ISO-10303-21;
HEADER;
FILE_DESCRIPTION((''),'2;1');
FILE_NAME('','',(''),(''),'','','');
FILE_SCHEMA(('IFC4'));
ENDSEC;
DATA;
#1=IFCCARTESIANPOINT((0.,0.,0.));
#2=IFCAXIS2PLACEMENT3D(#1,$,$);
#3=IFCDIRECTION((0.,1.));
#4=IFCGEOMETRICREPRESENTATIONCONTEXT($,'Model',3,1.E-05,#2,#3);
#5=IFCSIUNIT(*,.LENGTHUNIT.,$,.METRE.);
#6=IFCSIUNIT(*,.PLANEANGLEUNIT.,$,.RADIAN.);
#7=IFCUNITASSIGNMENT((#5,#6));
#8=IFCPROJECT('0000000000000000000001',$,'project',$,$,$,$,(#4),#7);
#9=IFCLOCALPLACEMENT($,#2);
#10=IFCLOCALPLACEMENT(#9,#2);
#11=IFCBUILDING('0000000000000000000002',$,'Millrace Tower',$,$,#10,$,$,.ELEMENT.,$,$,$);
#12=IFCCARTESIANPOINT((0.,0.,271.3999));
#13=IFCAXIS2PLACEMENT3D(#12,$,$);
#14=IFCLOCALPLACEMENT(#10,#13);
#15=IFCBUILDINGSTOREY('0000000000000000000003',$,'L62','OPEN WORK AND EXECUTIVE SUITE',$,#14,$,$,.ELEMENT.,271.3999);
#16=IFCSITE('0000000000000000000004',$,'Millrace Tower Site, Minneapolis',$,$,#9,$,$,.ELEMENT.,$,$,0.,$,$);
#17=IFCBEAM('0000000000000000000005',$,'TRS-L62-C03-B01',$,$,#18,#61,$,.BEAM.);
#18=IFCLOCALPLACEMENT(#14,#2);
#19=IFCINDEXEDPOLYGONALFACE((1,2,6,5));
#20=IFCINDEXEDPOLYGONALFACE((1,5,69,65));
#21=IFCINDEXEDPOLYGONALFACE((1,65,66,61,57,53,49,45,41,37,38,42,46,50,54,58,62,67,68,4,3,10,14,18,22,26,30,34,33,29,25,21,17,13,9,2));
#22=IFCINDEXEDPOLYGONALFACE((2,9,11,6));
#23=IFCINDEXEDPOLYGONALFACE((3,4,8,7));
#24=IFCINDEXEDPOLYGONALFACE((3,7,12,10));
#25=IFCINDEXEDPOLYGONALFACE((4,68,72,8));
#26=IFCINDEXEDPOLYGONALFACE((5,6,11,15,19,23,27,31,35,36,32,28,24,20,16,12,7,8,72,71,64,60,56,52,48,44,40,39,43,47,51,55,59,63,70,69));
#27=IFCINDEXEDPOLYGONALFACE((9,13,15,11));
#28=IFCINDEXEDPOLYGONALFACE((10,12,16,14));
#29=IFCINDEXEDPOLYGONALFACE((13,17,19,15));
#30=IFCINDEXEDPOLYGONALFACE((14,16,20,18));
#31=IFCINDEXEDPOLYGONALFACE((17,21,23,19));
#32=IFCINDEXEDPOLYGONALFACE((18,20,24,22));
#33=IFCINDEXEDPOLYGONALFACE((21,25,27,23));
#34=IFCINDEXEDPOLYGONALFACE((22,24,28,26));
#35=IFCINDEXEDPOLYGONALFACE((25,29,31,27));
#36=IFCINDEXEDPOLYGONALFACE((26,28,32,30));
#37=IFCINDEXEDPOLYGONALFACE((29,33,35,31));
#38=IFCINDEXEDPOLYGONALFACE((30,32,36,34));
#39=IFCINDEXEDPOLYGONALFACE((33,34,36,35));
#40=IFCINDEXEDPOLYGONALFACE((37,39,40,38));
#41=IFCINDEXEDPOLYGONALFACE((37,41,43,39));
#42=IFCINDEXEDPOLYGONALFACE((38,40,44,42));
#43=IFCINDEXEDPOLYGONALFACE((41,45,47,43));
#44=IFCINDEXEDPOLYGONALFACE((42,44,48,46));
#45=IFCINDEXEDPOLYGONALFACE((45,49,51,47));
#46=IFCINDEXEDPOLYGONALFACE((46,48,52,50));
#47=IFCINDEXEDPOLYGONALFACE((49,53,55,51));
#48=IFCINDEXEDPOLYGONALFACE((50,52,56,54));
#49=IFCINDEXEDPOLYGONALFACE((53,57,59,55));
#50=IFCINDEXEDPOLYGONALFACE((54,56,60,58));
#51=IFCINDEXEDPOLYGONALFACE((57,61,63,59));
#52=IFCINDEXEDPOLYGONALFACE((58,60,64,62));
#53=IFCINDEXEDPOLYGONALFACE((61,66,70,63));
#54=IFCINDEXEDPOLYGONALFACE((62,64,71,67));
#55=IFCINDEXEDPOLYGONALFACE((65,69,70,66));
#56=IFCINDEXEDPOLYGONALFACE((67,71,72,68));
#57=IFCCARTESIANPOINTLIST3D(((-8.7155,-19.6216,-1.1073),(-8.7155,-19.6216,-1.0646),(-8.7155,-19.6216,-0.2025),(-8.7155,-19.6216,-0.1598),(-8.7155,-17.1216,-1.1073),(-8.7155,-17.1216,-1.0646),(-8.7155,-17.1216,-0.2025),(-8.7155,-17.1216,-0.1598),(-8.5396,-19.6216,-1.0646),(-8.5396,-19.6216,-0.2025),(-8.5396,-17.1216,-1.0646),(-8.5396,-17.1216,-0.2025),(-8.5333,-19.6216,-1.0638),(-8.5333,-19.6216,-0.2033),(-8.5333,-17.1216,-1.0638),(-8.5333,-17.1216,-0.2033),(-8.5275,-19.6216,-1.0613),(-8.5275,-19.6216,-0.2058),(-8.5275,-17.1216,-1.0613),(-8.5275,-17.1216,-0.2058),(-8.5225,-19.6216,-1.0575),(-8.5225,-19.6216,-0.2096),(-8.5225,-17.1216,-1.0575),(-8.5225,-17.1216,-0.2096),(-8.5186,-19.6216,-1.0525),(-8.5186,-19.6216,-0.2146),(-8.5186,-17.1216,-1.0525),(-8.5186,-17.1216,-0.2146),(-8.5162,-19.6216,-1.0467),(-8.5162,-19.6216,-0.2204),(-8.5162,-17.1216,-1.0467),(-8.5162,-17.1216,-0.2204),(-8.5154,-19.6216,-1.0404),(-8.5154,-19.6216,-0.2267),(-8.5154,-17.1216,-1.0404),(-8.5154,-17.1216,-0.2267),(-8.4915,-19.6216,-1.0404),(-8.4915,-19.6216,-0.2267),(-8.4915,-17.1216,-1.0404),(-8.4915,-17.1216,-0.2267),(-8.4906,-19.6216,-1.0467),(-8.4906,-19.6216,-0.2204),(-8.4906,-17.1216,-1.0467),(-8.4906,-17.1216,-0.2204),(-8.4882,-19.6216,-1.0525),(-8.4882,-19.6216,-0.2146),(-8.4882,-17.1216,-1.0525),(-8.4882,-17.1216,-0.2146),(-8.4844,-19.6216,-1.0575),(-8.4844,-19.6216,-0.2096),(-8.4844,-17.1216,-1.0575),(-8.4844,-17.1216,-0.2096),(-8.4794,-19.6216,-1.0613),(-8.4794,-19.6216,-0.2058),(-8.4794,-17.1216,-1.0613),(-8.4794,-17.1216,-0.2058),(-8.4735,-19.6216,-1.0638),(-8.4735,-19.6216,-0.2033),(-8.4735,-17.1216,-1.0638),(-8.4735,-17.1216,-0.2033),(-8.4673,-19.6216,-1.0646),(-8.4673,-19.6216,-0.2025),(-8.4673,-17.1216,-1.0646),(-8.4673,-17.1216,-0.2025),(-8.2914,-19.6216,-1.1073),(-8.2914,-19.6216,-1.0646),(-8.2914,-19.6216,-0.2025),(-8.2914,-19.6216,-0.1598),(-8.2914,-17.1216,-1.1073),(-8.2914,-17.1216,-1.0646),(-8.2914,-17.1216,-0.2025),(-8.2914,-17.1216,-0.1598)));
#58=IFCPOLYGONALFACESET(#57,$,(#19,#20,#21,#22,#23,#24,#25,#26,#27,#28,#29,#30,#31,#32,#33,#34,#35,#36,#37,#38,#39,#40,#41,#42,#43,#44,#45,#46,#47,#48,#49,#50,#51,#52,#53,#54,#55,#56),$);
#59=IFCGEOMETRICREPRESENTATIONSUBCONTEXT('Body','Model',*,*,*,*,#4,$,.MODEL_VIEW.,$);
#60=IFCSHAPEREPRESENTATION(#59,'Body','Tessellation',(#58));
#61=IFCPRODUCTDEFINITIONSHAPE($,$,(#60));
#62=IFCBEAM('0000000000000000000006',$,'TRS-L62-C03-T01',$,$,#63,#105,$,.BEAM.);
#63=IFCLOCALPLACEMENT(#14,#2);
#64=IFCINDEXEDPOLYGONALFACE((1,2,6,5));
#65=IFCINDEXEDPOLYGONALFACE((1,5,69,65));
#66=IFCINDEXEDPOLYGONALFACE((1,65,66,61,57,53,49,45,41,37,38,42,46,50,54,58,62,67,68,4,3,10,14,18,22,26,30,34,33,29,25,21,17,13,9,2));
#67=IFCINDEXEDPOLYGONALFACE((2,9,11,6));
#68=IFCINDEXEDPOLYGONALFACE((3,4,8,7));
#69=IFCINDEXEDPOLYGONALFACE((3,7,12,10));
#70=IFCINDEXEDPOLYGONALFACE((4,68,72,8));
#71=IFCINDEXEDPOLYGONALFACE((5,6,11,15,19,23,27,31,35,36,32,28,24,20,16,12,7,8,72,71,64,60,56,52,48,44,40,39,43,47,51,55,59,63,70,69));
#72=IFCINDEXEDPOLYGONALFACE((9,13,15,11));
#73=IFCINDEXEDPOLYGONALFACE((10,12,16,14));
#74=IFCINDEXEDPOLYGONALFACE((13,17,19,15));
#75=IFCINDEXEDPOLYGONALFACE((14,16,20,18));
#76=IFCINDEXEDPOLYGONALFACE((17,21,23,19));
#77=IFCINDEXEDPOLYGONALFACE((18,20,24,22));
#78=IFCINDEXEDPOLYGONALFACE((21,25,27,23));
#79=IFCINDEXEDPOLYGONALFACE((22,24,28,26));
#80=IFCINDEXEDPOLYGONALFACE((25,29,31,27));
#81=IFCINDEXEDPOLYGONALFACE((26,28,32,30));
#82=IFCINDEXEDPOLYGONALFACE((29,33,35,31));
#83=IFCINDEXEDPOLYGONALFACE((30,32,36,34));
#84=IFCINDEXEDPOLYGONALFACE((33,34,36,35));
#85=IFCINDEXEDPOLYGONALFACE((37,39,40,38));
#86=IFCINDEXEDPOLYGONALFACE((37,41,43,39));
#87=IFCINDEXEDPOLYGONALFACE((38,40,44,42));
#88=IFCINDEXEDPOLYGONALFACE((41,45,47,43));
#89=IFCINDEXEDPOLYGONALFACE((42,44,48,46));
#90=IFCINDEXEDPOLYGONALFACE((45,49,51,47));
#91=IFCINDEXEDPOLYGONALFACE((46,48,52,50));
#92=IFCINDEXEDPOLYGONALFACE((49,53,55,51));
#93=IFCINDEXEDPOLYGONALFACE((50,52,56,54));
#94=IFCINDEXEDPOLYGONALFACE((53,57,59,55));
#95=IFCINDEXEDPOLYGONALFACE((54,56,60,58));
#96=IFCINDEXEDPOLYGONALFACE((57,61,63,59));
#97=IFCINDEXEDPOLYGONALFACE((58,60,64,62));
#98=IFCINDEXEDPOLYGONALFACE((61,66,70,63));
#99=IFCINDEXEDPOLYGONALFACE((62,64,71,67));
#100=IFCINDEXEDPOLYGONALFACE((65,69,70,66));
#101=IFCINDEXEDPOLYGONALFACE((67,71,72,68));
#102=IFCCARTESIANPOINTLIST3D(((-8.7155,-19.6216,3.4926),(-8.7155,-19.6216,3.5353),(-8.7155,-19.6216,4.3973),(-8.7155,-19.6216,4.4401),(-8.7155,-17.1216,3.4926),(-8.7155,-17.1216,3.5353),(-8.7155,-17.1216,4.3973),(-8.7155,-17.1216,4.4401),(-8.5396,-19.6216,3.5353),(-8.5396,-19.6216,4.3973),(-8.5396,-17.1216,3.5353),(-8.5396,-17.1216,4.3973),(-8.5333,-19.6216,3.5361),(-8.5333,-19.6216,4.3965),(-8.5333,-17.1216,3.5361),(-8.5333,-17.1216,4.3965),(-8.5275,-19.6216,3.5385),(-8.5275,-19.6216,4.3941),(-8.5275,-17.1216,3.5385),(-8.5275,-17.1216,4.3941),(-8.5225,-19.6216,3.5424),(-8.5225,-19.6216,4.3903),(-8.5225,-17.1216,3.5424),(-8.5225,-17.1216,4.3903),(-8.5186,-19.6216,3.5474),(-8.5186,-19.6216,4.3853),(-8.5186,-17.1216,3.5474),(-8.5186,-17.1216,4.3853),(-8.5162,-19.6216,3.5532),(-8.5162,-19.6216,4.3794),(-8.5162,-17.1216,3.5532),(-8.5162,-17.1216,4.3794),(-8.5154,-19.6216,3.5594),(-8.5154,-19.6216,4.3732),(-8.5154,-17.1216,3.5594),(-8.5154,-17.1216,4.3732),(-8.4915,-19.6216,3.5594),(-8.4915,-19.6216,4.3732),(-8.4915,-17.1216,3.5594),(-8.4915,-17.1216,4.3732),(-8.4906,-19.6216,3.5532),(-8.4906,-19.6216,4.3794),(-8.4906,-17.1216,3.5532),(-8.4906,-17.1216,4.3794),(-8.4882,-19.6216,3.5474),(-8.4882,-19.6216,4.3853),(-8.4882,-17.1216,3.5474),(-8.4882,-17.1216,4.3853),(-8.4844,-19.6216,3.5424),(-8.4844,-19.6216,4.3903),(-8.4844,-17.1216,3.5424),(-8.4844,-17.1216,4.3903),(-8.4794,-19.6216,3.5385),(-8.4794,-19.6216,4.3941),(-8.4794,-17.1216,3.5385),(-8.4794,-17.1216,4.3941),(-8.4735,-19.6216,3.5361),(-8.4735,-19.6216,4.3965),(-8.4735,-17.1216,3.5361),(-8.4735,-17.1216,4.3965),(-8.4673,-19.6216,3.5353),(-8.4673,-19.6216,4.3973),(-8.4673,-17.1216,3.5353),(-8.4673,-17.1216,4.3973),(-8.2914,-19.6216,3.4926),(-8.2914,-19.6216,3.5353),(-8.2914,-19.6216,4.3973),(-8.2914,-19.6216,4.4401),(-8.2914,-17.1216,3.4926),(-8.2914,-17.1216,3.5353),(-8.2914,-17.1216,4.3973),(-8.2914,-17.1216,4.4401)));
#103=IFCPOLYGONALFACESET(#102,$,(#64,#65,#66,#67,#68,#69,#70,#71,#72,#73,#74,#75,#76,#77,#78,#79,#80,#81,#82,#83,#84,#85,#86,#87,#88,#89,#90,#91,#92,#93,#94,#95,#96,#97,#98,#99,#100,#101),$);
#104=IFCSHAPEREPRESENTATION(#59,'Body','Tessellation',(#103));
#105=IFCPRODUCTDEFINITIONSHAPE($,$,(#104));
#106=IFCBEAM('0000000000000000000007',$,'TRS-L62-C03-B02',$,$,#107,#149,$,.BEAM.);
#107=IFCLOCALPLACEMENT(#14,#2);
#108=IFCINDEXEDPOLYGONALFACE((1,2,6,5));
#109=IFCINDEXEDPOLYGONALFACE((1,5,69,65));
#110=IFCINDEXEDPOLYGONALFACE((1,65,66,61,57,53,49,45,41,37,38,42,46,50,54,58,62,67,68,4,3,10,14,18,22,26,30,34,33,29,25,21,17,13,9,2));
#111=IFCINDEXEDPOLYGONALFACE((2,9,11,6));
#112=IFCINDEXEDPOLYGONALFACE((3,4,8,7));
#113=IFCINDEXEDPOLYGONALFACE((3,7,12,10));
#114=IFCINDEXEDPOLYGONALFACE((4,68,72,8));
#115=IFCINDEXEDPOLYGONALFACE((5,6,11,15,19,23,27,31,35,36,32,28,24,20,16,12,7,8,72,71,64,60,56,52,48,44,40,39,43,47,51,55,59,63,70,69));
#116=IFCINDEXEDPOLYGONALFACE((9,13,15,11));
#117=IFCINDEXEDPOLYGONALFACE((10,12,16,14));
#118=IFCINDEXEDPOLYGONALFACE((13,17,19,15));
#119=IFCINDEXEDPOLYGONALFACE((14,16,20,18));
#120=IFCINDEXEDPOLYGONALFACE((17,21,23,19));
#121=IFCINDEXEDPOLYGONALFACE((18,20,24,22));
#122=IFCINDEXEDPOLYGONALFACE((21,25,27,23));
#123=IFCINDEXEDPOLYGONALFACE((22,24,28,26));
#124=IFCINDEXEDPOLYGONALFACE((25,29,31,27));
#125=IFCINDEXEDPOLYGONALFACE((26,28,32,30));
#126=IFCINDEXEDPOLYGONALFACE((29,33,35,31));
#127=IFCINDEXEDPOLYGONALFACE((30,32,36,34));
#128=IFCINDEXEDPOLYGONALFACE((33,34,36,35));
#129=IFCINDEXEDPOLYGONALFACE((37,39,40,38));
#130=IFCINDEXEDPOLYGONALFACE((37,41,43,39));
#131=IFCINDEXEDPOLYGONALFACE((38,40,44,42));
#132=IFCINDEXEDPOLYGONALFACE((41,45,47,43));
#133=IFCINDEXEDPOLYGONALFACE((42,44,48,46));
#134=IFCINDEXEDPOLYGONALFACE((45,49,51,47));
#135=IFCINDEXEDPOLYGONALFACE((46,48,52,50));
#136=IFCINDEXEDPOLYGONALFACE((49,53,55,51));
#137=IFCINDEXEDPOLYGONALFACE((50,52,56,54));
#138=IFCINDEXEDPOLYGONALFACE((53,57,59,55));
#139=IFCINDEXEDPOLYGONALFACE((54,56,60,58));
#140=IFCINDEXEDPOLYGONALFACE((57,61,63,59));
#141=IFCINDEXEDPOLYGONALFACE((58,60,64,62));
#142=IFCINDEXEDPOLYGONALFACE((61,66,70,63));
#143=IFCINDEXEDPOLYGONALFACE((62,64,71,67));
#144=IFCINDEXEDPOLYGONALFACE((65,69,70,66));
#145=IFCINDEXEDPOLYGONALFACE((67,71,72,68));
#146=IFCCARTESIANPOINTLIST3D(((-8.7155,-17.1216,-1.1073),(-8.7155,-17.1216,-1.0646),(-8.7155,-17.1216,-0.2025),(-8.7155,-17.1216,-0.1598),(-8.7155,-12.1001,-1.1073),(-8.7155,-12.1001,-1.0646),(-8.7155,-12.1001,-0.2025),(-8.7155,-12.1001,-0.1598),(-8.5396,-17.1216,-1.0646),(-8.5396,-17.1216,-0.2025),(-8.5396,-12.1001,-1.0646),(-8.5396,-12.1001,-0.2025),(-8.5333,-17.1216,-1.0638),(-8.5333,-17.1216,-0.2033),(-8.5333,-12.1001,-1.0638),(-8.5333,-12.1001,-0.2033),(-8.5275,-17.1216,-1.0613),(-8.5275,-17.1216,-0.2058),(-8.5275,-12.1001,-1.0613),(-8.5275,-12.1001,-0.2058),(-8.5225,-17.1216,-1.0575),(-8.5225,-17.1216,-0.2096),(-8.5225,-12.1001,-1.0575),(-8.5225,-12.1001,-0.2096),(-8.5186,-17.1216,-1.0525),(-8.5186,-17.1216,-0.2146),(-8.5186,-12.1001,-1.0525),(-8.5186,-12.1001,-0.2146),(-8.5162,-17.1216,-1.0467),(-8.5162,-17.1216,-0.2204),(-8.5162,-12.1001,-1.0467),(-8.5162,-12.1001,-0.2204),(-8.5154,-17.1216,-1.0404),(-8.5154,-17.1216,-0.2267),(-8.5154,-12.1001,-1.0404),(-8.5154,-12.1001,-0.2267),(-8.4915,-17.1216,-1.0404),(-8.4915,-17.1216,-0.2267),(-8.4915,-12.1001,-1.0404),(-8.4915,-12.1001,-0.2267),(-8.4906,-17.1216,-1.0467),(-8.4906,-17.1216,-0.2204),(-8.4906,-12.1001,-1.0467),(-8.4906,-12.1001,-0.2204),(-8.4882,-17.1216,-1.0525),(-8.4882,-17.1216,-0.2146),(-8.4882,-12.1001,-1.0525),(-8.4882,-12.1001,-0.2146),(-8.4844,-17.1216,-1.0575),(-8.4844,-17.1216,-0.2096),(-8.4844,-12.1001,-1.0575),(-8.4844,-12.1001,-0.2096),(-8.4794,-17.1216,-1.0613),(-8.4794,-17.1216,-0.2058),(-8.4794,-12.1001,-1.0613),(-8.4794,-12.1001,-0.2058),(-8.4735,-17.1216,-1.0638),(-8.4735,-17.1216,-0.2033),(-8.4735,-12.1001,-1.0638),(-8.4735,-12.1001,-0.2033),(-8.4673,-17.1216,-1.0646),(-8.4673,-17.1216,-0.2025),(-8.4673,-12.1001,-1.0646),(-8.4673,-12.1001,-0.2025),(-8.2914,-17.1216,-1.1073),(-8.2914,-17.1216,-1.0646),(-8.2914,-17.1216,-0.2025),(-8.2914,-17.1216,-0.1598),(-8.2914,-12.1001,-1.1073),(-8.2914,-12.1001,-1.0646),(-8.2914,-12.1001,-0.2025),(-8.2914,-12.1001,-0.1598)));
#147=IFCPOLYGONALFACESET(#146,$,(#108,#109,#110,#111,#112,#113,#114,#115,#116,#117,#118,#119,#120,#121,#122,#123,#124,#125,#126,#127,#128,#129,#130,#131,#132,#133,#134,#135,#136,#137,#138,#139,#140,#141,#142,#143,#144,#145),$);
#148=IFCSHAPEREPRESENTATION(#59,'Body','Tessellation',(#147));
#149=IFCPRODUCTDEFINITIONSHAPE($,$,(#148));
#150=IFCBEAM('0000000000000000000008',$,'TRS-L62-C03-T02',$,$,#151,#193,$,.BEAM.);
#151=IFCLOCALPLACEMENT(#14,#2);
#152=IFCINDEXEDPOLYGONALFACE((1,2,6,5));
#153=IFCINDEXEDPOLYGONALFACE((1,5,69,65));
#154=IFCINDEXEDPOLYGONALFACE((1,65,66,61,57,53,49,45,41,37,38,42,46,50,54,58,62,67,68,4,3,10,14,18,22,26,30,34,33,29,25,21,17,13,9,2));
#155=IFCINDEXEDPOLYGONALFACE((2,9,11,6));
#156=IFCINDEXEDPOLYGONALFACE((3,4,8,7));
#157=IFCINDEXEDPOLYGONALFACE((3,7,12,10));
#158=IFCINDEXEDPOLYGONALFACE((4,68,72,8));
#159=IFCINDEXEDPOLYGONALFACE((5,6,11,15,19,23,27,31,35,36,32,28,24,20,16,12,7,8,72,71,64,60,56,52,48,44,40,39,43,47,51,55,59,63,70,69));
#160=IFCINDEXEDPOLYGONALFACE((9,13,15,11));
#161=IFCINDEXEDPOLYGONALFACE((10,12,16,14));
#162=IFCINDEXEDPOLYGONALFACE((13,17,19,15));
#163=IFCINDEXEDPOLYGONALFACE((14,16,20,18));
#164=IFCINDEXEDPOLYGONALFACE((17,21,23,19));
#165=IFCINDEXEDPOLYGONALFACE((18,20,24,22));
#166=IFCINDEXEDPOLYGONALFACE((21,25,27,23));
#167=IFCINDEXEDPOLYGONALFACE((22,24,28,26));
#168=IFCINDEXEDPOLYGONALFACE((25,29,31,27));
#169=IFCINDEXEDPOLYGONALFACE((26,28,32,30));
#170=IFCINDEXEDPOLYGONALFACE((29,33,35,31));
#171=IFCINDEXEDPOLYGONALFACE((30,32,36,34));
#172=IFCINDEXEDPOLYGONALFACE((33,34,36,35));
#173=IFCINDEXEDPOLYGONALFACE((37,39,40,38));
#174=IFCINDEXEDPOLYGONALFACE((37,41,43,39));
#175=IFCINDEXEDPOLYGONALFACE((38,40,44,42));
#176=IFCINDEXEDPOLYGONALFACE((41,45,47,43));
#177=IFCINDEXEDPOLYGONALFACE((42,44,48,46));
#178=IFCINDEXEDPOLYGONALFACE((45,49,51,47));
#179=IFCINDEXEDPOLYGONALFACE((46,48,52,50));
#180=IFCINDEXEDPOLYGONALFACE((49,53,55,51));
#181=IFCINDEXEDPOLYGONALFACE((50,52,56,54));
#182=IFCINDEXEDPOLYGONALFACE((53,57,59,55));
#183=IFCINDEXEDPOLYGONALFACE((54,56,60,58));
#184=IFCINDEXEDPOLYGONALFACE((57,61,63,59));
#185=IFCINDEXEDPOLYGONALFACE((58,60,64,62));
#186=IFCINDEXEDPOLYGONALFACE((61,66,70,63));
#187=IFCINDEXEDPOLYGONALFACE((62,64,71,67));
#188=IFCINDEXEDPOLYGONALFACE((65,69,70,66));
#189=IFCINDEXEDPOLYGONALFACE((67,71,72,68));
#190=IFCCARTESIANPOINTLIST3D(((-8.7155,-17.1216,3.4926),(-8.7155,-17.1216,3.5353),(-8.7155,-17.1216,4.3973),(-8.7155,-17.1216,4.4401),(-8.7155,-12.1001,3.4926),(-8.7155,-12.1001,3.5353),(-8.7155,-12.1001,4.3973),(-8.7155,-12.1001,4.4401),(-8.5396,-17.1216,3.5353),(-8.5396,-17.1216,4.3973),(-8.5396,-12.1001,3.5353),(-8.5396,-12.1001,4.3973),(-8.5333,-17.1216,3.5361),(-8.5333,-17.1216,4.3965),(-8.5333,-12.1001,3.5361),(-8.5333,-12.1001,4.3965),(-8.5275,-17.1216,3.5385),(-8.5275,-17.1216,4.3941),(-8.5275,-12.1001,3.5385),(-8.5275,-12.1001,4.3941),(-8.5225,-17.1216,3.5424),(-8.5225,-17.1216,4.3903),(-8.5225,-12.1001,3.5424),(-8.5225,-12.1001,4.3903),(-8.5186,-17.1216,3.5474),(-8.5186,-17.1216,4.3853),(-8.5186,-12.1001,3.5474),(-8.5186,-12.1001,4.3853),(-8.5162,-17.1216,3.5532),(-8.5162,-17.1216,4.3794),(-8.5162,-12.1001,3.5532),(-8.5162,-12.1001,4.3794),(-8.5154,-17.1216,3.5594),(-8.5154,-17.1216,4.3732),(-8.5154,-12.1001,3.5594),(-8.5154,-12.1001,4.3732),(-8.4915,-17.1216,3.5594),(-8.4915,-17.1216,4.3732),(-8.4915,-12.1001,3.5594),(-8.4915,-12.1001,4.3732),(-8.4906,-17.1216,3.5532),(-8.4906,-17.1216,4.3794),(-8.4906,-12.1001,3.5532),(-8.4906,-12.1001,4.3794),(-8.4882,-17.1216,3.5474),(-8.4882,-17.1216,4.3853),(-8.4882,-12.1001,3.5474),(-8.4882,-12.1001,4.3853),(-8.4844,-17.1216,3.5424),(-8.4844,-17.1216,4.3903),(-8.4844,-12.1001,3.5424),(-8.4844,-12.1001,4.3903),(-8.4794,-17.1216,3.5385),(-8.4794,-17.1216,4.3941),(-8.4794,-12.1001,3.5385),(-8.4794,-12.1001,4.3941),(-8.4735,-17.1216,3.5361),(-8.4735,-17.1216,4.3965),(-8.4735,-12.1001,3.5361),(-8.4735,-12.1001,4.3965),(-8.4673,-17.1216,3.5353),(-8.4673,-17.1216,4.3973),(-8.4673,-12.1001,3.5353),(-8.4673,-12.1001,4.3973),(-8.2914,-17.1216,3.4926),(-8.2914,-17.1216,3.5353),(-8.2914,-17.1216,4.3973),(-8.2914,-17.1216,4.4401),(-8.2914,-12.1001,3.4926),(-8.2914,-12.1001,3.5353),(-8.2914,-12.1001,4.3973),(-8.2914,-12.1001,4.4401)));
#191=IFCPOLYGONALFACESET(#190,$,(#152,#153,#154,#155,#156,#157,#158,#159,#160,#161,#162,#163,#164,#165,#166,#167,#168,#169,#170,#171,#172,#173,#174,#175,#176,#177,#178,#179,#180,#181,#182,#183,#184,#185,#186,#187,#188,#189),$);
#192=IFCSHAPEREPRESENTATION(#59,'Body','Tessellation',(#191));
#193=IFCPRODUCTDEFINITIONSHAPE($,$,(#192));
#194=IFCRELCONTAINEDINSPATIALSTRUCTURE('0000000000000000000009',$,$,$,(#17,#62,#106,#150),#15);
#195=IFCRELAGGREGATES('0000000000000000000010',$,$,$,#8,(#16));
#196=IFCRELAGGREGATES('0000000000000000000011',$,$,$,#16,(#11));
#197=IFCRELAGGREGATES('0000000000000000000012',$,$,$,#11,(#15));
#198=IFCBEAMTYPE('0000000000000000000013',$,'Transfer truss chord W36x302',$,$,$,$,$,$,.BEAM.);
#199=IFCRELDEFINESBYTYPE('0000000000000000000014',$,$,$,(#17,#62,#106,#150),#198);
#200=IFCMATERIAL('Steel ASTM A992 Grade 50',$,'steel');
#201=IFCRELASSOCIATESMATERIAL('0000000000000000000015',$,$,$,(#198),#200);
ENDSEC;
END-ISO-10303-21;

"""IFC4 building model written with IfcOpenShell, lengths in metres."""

from ifc_helpers import new_model, si_unit, direction, frame, origin, origin_2d, place, context, subcontext, project, spatial, i_section, extrude, material, material_profile, profile_set, type_object, element, save


model = new_model("IFC4")

# Units and contexts
model_context = context("Model", 3, precision=1e-05, world=origin(), true_north=direction((0.0, 1.0)))
body_context = subcontext(model_context, "Body", "Model", "MODEL_VIEW")
ifc_project = project(units=[si_unit("LENGTHUNIT", "METRE"), si_unit("PLANEANGLEUNIT", "RADIAN")], contexts=[model_context])

# Site, building, storey
site_placement = place(None, origin())
site = spatial("IfcSite", under=ifc_project, at=site_placement, Name="Millrace Tower Site, Minneapolis", CompositionType="ELEMENT", RefElevation=0.0)
building_placement = place(site_placement, origin())
building = spatial("IfcBuilding", under=site, at=building_placement, Name="Millrace Tower", CompositionType="ELEMENT")
storey_placement = place(building_placement, frame((0.0, 0.0, 271.3999)))
storey = spatial("IfcBuildingStorey", under=building, at=storey_placement, Name="L62", Description="OPEN WORK AND EXECUTIVE SUITE", CompositionType="ELEMENT", Elevation=271.3999)

# Beams
ifc_material_1 = material(Name="Steel ASTM A992 Grade 50", Category="steel")
ifc_material_profile_1 = material_profile(ifc_material_1, i_section(OverallWidth=0.4241, OverallDepth=0.9475, WebThickness=0.0239, FlangeThickness=0.0427, FilletRadius=0.0242, at=origin_2d()))
ifc_profile_set_1 = profile_set([ifc_material_profile_1], Name="Steel ASTM A992 Grade 50")
beam_type_1 = type_object("IfcBeamType", Name="Transfer truss chord W36x302", PredefinedType="BEAM", material=ifc_profile_set_1)
for number, where, z_axis, x_axis, name in (
    (1, (-8.5034, -19.6216, -0.6335), (0.0, 1.0, 0.0), (-1.0, 0.0, 0.0), "TRS-L62-C03-B01"),
    (2, (-8.5034, -19.6216, 3.9663), (0.0, 1.0, 0.0), (-1.0, 0.0, 0.0), "TRS-L62-C03-T01"),
):
    element("IfcBeam", number, at=place(storey_placement, frame(where, z_axis=z_axis, x_axis=x_axis)), inside=storey, type_object=beam_type_1, Name=name, PredefinedType="BEAM", context=body_context, shape_type="SweptSolid", body=[
        extrude(i_section(OverallWidth=0.4241, OverallDepth=0.9475, WebThickness=0.0239, FlangeThickness=0.0427, FilletRadius=0.0242, at=origin_2d()), origin(), (0.0, 0.0, 1.0), 2.5),
    ])
for number, where, z_axis, x_axis, name in (
    (3, (-8.5034, -17.1216, -0.6335), (0.0, 1.0, 0.0), (-1.0, 0.0, 0.0), "TRS-L62-C03-B02"),
    (4, (-8.5034, -17.1216, 3.9663), (0.0, 1.0, 0.0), (-1.0, 0.0, 0.0), "TRS-L62-C03-T02"),
):
    element("IfcBeam", number, at=place(storey_placement, frame(where, z_axis=z_axis, x_axis=x_axis)), inside=storey, type_object=beam_type_1, Name=name, PredefinedType="BEAM", context=body_context, shape_type="SweptSolid", body=[
        extrude(i_section(OverallWidth=0.4241, OverallDepth=0.9475, WebThickness=0.0239, FlangeThickness=0.0427, FilletRadius=0.0242, at=origin_2d()), origin(), (0.0, 0.0, 1.0), 5.0215),
    ])

save(model, "model.ifc")
